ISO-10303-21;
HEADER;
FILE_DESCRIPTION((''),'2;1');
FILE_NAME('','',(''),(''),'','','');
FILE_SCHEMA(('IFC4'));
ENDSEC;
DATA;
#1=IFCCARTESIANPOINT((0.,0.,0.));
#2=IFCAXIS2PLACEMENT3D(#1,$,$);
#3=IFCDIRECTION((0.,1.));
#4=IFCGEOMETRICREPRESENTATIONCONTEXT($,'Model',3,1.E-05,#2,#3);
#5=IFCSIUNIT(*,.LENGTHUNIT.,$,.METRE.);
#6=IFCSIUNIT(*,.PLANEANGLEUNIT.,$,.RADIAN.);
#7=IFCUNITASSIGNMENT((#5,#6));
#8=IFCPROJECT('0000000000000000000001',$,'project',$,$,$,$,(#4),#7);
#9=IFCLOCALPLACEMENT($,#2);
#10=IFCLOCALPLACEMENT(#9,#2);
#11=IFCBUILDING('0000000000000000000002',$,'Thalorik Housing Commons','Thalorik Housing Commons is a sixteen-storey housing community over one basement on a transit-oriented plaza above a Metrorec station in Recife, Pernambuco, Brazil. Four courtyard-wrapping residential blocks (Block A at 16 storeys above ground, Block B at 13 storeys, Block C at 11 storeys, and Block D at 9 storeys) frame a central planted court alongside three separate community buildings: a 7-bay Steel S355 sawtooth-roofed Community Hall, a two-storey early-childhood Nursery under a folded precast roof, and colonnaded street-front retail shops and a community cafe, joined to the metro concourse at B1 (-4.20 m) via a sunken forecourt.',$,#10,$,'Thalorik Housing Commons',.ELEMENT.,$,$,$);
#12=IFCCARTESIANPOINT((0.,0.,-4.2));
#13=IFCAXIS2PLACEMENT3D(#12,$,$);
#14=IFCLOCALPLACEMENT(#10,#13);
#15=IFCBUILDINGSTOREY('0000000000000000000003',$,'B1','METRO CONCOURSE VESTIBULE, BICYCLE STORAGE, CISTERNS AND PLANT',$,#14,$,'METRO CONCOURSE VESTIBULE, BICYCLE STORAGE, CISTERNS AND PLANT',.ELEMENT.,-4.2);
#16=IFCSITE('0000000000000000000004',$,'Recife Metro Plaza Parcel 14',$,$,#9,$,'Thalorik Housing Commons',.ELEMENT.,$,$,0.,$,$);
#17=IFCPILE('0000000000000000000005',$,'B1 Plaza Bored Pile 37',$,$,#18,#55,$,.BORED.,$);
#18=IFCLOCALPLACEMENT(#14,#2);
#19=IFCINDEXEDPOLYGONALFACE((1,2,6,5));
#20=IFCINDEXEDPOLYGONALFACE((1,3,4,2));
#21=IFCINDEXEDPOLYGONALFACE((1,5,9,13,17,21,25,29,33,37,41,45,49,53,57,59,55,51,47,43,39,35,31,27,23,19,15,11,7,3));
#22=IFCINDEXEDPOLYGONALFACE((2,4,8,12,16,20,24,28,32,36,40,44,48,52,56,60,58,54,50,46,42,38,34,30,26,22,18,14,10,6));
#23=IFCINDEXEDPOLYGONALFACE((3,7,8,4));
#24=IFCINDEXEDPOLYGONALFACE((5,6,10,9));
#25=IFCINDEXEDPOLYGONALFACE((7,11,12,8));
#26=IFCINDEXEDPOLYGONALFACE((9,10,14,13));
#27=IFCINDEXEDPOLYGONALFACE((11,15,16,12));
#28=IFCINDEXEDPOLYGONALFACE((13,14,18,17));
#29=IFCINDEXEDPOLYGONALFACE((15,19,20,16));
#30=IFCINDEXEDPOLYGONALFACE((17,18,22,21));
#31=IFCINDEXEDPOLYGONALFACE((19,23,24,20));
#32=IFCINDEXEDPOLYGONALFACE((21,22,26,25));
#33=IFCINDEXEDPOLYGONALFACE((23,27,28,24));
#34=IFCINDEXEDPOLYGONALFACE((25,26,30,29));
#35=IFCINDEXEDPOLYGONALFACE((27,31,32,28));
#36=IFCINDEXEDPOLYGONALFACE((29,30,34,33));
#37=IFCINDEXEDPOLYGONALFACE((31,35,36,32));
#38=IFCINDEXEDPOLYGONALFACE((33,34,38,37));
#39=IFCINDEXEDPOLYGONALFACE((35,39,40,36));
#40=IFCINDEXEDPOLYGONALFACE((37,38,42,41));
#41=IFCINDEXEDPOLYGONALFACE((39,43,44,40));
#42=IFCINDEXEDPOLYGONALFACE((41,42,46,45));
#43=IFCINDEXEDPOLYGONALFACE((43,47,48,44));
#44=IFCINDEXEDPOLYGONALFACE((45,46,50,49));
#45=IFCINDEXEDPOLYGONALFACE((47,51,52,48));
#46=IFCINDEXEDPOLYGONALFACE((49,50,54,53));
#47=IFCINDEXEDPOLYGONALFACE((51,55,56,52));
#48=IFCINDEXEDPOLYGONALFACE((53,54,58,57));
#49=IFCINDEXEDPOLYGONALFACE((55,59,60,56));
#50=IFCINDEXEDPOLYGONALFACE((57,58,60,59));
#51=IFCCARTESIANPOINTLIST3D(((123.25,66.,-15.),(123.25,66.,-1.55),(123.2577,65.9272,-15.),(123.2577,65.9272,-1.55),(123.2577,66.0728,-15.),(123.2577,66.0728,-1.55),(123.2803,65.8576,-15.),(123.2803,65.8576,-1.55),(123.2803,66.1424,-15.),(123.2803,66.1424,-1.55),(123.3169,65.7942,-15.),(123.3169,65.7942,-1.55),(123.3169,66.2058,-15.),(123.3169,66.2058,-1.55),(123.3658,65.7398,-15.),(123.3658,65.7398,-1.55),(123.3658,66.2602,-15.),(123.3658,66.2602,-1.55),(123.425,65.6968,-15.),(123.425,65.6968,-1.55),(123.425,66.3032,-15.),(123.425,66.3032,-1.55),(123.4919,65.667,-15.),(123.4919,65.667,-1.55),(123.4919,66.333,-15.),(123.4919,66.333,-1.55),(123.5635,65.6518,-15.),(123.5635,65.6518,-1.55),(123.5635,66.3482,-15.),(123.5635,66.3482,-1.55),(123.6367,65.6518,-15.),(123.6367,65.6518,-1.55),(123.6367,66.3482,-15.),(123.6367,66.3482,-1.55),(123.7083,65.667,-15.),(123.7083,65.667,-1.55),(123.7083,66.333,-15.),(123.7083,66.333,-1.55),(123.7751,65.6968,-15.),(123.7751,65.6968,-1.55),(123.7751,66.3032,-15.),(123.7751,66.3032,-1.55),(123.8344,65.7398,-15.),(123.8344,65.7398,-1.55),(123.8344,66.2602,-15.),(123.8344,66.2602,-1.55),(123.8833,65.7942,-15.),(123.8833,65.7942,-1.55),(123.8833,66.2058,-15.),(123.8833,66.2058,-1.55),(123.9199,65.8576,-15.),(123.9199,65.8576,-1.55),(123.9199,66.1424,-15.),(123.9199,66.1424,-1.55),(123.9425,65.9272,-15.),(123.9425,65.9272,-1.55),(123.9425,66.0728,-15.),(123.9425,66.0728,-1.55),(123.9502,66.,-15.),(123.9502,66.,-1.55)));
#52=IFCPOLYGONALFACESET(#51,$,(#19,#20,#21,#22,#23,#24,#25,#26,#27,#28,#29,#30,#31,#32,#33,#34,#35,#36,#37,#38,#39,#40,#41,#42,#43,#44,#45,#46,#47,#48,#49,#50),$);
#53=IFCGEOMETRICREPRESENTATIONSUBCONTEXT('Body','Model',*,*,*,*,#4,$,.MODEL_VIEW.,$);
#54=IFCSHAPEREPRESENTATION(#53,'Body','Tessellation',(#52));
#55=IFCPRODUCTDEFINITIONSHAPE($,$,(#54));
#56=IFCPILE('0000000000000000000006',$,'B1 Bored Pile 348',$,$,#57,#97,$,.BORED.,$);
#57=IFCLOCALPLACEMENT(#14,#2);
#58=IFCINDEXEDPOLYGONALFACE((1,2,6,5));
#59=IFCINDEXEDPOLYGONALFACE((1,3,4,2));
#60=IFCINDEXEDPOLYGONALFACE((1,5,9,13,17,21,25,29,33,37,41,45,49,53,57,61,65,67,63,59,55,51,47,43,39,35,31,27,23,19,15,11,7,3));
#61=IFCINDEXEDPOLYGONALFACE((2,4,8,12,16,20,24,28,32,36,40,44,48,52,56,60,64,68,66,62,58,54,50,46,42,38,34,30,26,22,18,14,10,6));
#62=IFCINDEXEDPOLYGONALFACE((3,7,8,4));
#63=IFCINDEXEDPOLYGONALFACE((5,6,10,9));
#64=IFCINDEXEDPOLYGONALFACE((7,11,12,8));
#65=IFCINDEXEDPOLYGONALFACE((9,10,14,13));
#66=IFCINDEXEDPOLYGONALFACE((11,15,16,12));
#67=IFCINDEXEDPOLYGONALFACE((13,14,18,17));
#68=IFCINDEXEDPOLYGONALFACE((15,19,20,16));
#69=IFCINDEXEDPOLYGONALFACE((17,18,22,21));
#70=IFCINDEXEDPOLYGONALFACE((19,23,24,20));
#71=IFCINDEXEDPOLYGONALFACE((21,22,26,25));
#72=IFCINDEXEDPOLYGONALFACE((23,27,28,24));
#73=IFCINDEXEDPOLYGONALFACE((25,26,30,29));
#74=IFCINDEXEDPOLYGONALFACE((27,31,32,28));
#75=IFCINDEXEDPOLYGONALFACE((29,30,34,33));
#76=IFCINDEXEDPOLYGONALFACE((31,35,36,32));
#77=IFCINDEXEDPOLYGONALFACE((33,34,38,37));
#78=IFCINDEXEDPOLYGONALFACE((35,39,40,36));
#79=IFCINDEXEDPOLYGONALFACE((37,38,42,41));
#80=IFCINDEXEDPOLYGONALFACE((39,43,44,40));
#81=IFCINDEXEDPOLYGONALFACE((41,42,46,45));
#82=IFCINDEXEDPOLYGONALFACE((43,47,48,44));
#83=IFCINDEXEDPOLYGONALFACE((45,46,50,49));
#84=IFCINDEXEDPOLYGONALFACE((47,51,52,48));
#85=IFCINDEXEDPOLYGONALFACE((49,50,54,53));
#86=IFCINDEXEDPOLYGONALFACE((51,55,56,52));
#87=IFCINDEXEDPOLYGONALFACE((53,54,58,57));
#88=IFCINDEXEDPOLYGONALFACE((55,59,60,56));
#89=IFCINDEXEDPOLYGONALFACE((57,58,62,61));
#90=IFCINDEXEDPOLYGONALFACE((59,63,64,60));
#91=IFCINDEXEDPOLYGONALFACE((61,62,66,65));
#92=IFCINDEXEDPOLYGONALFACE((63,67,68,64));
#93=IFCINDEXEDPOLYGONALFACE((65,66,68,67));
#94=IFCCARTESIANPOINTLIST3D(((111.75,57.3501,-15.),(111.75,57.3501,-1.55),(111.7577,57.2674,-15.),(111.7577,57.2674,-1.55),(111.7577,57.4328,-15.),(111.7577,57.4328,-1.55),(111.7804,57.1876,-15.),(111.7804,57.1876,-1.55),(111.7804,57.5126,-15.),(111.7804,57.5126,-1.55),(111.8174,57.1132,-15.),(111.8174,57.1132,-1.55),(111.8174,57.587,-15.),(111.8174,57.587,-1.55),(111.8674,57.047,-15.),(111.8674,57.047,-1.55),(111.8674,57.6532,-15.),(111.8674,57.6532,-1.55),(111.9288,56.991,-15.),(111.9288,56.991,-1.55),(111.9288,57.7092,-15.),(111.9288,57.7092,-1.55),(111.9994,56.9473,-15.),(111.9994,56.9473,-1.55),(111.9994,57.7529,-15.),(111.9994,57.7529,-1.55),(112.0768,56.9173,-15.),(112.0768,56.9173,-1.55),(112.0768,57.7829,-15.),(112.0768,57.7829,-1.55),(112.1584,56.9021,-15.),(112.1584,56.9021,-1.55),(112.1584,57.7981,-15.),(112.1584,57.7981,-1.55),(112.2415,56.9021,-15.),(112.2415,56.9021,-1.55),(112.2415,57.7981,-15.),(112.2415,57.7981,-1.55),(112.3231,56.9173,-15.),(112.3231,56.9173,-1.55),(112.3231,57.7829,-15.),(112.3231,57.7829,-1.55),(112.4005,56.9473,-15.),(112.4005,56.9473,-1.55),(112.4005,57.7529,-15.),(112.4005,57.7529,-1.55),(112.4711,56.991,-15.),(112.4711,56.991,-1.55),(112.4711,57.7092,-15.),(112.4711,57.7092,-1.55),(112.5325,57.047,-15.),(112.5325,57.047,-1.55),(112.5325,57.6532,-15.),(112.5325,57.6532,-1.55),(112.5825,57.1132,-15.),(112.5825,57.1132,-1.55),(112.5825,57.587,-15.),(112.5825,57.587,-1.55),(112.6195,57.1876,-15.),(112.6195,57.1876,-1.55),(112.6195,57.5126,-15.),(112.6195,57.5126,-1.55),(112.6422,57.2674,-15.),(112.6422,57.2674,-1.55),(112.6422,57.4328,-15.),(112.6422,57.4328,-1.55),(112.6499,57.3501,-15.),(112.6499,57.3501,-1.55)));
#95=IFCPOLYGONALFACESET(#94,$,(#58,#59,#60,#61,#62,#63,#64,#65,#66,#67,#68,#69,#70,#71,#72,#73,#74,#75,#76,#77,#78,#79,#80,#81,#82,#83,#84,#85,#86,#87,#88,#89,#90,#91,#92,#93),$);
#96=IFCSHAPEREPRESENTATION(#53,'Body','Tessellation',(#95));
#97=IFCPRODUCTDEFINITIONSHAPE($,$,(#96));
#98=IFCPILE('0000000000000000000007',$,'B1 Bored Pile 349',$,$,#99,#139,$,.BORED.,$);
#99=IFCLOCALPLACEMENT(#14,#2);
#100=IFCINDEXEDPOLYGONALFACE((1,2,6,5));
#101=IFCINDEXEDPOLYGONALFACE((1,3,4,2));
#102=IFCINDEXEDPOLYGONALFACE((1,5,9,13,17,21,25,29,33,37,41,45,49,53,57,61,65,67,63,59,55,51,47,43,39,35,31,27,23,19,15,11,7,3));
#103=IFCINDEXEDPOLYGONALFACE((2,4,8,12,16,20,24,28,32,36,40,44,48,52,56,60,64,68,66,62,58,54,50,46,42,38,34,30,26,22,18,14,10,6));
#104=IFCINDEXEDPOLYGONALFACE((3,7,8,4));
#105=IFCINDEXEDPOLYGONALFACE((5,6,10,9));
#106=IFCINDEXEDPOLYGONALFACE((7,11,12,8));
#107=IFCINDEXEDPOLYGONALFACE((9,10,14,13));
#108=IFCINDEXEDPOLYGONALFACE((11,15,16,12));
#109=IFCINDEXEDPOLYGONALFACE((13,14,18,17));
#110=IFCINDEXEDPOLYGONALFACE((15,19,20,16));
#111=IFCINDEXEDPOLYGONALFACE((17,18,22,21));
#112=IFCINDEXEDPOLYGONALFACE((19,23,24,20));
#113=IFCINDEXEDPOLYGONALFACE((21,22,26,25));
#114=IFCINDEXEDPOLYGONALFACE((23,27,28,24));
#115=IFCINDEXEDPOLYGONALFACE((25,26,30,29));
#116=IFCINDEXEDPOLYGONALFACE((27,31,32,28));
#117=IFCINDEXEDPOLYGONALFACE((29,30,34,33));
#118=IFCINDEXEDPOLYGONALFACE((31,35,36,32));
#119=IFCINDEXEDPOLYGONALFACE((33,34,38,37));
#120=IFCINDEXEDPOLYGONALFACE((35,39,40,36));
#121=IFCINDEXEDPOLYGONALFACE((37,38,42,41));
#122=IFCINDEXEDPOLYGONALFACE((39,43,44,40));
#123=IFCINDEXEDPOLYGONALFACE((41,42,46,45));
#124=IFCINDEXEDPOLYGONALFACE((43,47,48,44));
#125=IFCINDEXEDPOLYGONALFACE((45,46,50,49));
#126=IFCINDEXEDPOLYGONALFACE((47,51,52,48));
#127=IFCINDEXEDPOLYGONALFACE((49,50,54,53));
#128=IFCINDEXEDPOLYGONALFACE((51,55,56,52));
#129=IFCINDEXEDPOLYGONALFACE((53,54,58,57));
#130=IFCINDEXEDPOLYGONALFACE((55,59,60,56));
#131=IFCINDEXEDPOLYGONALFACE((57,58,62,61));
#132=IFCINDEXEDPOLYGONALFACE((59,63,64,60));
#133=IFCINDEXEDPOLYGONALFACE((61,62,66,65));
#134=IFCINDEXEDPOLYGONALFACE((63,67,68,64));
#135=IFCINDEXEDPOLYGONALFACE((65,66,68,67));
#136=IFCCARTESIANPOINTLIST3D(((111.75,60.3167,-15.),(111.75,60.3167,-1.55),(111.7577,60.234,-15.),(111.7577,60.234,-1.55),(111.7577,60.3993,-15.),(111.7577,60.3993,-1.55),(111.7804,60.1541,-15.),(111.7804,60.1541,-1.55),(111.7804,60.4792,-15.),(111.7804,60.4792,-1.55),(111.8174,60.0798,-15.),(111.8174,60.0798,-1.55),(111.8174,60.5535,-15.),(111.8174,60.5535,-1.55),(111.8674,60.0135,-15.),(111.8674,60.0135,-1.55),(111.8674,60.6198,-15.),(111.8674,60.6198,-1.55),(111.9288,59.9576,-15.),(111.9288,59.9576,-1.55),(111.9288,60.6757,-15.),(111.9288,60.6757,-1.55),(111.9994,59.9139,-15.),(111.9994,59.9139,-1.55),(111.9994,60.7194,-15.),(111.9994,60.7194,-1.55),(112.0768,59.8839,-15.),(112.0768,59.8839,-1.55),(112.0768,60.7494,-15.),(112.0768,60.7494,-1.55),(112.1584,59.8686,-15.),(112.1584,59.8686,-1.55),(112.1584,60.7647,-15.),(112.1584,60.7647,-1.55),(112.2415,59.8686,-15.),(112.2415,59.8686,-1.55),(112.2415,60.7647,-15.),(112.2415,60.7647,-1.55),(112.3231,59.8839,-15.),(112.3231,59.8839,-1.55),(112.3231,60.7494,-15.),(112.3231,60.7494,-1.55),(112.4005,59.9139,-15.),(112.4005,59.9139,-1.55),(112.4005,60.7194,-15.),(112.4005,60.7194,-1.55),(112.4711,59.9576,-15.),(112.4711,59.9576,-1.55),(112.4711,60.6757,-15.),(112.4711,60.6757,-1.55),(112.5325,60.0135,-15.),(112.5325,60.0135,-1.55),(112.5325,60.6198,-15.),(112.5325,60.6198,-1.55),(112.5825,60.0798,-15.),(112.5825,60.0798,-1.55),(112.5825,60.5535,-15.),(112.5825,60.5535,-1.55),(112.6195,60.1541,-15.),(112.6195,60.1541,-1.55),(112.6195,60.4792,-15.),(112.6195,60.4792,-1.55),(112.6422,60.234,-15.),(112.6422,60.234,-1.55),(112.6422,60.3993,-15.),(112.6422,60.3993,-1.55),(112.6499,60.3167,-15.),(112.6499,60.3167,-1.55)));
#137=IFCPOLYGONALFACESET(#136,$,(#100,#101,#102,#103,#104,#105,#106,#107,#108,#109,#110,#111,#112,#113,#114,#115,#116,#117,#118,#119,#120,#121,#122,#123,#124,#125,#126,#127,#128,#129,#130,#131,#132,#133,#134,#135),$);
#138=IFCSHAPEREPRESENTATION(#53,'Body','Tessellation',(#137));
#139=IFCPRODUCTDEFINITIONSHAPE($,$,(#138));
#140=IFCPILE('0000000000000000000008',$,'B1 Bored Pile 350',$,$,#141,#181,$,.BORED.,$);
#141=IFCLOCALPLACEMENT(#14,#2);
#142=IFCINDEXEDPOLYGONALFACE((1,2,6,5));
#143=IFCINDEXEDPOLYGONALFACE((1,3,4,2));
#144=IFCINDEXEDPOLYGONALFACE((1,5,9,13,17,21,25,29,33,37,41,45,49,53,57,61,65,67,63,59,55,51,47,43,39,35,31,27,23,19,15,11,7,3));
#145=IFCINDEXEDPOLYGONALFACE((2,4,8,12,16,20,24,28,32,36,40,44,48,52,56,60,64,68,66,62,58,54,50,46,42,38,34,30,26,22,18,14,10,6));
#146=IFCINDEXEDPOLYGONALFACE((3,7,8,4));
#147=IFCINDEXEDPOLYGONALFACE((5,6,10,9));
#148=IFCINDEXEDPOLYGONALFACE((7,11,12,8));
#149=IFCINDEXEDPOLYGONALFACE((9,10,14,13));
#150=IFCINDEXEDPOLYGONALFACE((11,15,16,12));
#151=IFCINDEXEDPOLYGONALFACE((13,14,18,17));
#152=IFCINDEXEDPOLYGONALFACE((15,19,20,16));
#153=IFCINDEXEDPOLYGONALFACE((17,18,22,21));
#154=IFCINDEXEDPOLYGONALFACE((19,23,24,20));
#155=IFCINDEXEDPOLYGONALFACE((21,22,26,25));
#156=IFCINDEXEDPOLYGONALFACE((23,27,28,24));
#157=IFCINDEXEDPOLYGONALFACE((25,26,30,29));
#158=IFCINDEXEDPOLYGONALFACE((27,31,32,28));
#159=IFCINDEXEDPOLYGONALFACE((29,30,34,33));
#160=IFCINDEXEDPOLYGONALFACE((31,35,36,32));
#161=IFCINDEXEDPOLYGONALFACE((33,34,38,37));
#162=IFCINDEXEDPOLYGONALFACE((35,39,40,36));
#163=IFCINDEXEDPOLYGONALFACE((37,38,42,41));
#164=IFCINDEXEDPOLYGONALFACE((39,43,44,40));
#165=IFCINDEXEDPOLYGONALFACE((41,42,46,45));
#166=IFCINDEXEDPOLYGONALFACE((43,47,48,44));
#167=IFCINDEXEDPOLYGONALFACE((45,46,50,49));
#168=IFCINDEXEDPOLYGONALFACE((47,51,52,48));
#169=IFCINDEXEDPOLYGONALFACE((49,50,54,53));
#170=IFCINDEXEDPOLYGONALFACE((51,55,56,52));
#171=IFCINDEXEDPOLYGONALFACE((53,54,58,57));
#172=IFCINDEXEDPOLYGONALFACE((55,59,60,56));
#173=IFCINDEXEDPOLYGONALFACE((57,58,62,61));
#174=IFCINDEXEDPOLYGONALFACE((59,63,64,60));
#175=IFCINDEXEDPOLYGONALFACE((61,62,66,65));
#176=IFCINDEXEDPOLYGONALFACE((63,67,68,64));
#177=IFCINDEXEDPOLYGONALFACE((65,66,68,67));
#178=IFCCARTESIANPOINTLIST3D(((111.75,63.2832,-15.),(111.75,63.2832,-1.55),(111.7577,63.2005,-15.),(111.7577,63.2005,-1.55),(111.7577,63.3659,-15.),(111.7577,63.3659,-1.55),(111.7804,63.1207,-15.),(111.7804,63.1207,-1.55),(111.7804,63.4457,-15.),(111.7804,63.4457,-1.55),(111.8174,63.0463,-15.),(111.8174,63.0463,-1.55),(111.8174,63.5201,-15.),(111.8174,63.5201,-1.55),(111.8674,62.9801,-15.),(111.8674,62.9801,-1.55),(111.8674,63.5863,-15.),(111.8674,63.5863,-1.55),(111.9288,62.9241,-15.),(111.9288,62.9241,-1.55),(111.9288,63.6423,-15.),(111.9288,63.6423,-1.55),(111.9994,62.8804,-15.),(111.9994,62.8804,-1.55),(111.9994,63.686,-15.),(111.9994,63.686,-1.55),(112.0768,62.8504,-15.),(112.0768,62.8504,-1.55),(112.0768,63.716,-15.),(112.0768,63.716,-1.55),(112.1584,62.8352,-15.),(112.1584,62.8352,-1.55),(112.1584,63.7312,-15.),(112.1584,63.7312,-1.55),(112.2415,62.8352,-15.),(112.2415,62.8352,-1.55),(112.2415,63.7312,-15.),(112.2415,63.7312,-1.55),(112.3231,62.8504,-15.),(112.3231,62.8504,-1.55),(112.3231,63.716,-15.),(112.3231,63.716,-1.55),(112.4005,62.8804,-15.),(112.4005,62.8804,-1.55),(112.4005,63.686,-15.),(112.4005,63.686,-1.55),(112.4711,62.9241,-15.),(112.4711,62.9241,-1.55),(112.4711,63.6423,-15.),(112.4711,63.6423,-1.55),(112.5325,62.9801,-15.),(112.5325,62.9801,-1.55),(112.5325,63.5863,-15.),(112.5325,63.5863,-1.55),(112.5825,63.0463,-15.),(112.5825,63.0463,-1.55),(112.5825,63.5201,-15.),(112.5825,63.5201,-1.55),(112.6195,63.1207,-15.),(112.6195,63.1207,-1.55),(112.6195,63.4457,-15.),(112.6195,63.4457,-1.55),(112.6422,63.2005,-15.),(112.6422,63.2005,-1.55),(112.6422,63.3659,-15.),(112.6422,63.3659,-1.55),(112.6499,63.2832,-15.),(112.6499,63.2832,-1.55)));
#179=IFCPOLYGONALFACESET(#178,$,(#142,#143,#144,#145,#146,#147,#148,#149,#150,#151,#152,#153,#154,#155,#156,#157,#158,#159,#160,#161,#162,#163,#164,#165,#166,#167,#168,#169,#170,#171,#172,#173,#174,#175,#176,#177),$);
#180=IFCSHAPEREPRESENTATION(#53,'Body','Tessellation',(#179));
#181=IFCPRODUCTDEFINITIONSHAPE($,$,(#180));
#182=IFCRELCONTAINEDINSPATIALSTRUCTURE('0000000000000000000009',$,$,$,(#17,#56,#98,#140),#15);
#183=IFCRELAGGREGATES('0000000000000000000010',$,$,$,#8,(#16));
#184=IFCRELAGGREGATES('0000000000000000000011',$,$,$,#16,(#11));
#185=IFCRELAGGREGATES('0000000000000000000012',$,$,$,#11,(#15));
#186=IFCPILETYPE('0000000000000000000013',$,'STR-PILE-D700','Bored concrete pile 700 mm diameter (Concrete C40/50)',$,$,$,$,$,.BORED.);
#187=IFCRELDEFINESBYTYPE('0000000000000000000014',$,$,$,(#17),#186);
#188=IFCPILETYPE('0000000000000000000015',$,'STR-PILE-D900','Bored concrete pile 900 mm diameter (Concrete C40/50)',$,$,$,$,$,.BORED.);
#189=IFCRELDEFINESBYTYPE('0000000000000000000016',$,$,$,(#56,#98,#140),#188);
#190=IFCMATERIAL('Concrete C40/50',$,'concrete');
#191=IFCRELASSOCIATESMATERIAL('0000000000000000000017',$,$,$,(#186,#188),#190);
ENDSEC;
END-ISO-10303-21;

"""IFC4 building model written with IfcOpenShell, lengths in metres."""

from ifc_helpers import new_model, si_unit, direction, frame, origin, origin_2d, place, context, subcontext, project, spatial, circle, extrude, material, material_profile, profile_set, type_object, element, save


model = new_model("IFC4")

# Units and contexts
model_context = context("Model", 3, precision=1e-05, world=origin(), true_north=direction((0.0, 1.0)))
body_context = subcontext(model_context, "Body", "Model", "MODEL_VIEW")
ifc_project = project(units=[si_unit("LENGTHUNIT", "METRE"), si_unit("PLANEANGLEUNIT", "RADIAN")], contexts=[model_context])

# Site, building, storey
site_placement = place(None, origin())
site = spatial("IfcSite", under=ifc_project, at=site_placement, Name="Recife Metro Plaza Parcel 14", LongName="Thalorik Housing Commons", CompositionType="ELEMENT", RefElevation=0.0)
building_placement = place(site_placement, origin())
building = spatial("IfcBuilding", under=site, at=building_placement, Name="Thalorik Housing Commons", Description="Thalorik Housing Commons is a sixteen-storey housing community over one basement on a transit-oriented plaza above a Metrorec station in Recife, Pernambuco, Brazil. Four courtyard-wrapping residential blocks (Block A at 16 storeys above ground, Block B at 13 storeys, Block C at 11 storeys, and Block D at 9 storeys) frame a central planted court alongside three separate community buildings: a 7-bay Steel S355 sawtooth-roofed Community Hall, a two-storey early-childhood Nursery under a folded precast roof, and colonnaded street-front retail shops and a community cafe, joined to the metro concourse at B1 (-4.20 m) via a sunken forecourt.", LongName="Thalorik Housing Commons", CompositionType="ELEMENT")
storey_placement = place(building_placement, frame((0.0, 0.0, -4.2)))
storey = spatial("IfcBuildingStorey", under=building, at=storey_placement, Name="B1", Description="METRO CONCOURSE VESTIBULE, BICYCLE STORAGE, CISTERNS AND PLANT", LongName="METRO CONCOURSE VESTIBULE, BICYCLE STORAGE, CISTERNS AND PLANT", CompositionType="ELEMENT", Elevation=-4.2)

# Shared definitions
ifc_material_1 = material(Name="Concrete C40/50", Category="concrete")

# Piles
ifc_material_profile_1 = material_profile(ifc_material_1, circle(Radius=0.3501, at=origin_2d()), Name="BORED PILE D700", Category="concrete")
ifc_profile_set_1 = profile_set([ifc_material_profile_1], Name="Concrete C40/50")
pile_type_1 = type_object("IfcPileType", Name="STR-PILE-D700", Description="Bored concrete pile 700 mm diameter (Concrete C40/50)", PredefinedType="BORED", material=ifc_profile_set_1)
for number, where, z_axis, x_axis, name in (
    (1, (123.6001, 66.0, -1.55), (0.0, 0.0, -1.0), (1.0, 0.0, 0.0), "B1 Plaza Bored Pile 37"),
):
    element("IfcPile", number, at=place(storey_placement, frame(where, z_axis=z_axis, x_axis=x_axis)), inside=storey, type_object=pile_type_1, Name=name, PredefinedType="BORED", context=body_context, shape_type="SweptSolid", body=[
        extrude(circle(Radius=0.3501, at=origin_2d()), origin(), (0.0, 0.0, 1.0), 13.45),
    ])
ifc_material_profile_2 = material_profile(ifc_material_1, circle(Radius=0.45, at=origin_2d()), Name="BORED PILE D900", Category="concrete")
ifc_profile_set_2 = profile_set([ifc_material_profile_2], Name="Concrete C40/50")
pile_type_2 = type_object("IfcPileType", Name="STR-PILE-D900", Description="Bored concrete pile 900 mm diameter (Concrete C40/50)", PredefinedType="BORED", material=ifc_profile_set_2)
for number, where, z_axis, x_axis, name in (
    (2, (112.2, 57.3501, -1.55), (0.0, 0.0, -1.0), (1.0, 0.0, 0.0), "B1 Bored Pile 348"),
    (3, (112.2, 60.3167, -1.55), (0.0, 0.0, -1.0), (1.0, 0.0, 0.0), "B1 Bored Pile 349"),
    (4, (112.2, 63.2832, -1.55), (0.0, 0.0, -1.0), (1.0, 0.0, 0.0), "B1 Bored Pile 350"),
):
    element("IfcPile", number, at=place(storey_placement, frame(where, z_axis=z_axis, x_axis=x_axis)), inside=storey, type_object=pile_type_2, Name=name, PredefinedType="BORED", context=body_context, shape_type="SweptSolid", body=[
        extrude(circle(Radius=0.45, at=origin_2d()), origin(), (0.0, 0.0, 1.0), 13.45),
    ])

save(model, "model.ifc")
